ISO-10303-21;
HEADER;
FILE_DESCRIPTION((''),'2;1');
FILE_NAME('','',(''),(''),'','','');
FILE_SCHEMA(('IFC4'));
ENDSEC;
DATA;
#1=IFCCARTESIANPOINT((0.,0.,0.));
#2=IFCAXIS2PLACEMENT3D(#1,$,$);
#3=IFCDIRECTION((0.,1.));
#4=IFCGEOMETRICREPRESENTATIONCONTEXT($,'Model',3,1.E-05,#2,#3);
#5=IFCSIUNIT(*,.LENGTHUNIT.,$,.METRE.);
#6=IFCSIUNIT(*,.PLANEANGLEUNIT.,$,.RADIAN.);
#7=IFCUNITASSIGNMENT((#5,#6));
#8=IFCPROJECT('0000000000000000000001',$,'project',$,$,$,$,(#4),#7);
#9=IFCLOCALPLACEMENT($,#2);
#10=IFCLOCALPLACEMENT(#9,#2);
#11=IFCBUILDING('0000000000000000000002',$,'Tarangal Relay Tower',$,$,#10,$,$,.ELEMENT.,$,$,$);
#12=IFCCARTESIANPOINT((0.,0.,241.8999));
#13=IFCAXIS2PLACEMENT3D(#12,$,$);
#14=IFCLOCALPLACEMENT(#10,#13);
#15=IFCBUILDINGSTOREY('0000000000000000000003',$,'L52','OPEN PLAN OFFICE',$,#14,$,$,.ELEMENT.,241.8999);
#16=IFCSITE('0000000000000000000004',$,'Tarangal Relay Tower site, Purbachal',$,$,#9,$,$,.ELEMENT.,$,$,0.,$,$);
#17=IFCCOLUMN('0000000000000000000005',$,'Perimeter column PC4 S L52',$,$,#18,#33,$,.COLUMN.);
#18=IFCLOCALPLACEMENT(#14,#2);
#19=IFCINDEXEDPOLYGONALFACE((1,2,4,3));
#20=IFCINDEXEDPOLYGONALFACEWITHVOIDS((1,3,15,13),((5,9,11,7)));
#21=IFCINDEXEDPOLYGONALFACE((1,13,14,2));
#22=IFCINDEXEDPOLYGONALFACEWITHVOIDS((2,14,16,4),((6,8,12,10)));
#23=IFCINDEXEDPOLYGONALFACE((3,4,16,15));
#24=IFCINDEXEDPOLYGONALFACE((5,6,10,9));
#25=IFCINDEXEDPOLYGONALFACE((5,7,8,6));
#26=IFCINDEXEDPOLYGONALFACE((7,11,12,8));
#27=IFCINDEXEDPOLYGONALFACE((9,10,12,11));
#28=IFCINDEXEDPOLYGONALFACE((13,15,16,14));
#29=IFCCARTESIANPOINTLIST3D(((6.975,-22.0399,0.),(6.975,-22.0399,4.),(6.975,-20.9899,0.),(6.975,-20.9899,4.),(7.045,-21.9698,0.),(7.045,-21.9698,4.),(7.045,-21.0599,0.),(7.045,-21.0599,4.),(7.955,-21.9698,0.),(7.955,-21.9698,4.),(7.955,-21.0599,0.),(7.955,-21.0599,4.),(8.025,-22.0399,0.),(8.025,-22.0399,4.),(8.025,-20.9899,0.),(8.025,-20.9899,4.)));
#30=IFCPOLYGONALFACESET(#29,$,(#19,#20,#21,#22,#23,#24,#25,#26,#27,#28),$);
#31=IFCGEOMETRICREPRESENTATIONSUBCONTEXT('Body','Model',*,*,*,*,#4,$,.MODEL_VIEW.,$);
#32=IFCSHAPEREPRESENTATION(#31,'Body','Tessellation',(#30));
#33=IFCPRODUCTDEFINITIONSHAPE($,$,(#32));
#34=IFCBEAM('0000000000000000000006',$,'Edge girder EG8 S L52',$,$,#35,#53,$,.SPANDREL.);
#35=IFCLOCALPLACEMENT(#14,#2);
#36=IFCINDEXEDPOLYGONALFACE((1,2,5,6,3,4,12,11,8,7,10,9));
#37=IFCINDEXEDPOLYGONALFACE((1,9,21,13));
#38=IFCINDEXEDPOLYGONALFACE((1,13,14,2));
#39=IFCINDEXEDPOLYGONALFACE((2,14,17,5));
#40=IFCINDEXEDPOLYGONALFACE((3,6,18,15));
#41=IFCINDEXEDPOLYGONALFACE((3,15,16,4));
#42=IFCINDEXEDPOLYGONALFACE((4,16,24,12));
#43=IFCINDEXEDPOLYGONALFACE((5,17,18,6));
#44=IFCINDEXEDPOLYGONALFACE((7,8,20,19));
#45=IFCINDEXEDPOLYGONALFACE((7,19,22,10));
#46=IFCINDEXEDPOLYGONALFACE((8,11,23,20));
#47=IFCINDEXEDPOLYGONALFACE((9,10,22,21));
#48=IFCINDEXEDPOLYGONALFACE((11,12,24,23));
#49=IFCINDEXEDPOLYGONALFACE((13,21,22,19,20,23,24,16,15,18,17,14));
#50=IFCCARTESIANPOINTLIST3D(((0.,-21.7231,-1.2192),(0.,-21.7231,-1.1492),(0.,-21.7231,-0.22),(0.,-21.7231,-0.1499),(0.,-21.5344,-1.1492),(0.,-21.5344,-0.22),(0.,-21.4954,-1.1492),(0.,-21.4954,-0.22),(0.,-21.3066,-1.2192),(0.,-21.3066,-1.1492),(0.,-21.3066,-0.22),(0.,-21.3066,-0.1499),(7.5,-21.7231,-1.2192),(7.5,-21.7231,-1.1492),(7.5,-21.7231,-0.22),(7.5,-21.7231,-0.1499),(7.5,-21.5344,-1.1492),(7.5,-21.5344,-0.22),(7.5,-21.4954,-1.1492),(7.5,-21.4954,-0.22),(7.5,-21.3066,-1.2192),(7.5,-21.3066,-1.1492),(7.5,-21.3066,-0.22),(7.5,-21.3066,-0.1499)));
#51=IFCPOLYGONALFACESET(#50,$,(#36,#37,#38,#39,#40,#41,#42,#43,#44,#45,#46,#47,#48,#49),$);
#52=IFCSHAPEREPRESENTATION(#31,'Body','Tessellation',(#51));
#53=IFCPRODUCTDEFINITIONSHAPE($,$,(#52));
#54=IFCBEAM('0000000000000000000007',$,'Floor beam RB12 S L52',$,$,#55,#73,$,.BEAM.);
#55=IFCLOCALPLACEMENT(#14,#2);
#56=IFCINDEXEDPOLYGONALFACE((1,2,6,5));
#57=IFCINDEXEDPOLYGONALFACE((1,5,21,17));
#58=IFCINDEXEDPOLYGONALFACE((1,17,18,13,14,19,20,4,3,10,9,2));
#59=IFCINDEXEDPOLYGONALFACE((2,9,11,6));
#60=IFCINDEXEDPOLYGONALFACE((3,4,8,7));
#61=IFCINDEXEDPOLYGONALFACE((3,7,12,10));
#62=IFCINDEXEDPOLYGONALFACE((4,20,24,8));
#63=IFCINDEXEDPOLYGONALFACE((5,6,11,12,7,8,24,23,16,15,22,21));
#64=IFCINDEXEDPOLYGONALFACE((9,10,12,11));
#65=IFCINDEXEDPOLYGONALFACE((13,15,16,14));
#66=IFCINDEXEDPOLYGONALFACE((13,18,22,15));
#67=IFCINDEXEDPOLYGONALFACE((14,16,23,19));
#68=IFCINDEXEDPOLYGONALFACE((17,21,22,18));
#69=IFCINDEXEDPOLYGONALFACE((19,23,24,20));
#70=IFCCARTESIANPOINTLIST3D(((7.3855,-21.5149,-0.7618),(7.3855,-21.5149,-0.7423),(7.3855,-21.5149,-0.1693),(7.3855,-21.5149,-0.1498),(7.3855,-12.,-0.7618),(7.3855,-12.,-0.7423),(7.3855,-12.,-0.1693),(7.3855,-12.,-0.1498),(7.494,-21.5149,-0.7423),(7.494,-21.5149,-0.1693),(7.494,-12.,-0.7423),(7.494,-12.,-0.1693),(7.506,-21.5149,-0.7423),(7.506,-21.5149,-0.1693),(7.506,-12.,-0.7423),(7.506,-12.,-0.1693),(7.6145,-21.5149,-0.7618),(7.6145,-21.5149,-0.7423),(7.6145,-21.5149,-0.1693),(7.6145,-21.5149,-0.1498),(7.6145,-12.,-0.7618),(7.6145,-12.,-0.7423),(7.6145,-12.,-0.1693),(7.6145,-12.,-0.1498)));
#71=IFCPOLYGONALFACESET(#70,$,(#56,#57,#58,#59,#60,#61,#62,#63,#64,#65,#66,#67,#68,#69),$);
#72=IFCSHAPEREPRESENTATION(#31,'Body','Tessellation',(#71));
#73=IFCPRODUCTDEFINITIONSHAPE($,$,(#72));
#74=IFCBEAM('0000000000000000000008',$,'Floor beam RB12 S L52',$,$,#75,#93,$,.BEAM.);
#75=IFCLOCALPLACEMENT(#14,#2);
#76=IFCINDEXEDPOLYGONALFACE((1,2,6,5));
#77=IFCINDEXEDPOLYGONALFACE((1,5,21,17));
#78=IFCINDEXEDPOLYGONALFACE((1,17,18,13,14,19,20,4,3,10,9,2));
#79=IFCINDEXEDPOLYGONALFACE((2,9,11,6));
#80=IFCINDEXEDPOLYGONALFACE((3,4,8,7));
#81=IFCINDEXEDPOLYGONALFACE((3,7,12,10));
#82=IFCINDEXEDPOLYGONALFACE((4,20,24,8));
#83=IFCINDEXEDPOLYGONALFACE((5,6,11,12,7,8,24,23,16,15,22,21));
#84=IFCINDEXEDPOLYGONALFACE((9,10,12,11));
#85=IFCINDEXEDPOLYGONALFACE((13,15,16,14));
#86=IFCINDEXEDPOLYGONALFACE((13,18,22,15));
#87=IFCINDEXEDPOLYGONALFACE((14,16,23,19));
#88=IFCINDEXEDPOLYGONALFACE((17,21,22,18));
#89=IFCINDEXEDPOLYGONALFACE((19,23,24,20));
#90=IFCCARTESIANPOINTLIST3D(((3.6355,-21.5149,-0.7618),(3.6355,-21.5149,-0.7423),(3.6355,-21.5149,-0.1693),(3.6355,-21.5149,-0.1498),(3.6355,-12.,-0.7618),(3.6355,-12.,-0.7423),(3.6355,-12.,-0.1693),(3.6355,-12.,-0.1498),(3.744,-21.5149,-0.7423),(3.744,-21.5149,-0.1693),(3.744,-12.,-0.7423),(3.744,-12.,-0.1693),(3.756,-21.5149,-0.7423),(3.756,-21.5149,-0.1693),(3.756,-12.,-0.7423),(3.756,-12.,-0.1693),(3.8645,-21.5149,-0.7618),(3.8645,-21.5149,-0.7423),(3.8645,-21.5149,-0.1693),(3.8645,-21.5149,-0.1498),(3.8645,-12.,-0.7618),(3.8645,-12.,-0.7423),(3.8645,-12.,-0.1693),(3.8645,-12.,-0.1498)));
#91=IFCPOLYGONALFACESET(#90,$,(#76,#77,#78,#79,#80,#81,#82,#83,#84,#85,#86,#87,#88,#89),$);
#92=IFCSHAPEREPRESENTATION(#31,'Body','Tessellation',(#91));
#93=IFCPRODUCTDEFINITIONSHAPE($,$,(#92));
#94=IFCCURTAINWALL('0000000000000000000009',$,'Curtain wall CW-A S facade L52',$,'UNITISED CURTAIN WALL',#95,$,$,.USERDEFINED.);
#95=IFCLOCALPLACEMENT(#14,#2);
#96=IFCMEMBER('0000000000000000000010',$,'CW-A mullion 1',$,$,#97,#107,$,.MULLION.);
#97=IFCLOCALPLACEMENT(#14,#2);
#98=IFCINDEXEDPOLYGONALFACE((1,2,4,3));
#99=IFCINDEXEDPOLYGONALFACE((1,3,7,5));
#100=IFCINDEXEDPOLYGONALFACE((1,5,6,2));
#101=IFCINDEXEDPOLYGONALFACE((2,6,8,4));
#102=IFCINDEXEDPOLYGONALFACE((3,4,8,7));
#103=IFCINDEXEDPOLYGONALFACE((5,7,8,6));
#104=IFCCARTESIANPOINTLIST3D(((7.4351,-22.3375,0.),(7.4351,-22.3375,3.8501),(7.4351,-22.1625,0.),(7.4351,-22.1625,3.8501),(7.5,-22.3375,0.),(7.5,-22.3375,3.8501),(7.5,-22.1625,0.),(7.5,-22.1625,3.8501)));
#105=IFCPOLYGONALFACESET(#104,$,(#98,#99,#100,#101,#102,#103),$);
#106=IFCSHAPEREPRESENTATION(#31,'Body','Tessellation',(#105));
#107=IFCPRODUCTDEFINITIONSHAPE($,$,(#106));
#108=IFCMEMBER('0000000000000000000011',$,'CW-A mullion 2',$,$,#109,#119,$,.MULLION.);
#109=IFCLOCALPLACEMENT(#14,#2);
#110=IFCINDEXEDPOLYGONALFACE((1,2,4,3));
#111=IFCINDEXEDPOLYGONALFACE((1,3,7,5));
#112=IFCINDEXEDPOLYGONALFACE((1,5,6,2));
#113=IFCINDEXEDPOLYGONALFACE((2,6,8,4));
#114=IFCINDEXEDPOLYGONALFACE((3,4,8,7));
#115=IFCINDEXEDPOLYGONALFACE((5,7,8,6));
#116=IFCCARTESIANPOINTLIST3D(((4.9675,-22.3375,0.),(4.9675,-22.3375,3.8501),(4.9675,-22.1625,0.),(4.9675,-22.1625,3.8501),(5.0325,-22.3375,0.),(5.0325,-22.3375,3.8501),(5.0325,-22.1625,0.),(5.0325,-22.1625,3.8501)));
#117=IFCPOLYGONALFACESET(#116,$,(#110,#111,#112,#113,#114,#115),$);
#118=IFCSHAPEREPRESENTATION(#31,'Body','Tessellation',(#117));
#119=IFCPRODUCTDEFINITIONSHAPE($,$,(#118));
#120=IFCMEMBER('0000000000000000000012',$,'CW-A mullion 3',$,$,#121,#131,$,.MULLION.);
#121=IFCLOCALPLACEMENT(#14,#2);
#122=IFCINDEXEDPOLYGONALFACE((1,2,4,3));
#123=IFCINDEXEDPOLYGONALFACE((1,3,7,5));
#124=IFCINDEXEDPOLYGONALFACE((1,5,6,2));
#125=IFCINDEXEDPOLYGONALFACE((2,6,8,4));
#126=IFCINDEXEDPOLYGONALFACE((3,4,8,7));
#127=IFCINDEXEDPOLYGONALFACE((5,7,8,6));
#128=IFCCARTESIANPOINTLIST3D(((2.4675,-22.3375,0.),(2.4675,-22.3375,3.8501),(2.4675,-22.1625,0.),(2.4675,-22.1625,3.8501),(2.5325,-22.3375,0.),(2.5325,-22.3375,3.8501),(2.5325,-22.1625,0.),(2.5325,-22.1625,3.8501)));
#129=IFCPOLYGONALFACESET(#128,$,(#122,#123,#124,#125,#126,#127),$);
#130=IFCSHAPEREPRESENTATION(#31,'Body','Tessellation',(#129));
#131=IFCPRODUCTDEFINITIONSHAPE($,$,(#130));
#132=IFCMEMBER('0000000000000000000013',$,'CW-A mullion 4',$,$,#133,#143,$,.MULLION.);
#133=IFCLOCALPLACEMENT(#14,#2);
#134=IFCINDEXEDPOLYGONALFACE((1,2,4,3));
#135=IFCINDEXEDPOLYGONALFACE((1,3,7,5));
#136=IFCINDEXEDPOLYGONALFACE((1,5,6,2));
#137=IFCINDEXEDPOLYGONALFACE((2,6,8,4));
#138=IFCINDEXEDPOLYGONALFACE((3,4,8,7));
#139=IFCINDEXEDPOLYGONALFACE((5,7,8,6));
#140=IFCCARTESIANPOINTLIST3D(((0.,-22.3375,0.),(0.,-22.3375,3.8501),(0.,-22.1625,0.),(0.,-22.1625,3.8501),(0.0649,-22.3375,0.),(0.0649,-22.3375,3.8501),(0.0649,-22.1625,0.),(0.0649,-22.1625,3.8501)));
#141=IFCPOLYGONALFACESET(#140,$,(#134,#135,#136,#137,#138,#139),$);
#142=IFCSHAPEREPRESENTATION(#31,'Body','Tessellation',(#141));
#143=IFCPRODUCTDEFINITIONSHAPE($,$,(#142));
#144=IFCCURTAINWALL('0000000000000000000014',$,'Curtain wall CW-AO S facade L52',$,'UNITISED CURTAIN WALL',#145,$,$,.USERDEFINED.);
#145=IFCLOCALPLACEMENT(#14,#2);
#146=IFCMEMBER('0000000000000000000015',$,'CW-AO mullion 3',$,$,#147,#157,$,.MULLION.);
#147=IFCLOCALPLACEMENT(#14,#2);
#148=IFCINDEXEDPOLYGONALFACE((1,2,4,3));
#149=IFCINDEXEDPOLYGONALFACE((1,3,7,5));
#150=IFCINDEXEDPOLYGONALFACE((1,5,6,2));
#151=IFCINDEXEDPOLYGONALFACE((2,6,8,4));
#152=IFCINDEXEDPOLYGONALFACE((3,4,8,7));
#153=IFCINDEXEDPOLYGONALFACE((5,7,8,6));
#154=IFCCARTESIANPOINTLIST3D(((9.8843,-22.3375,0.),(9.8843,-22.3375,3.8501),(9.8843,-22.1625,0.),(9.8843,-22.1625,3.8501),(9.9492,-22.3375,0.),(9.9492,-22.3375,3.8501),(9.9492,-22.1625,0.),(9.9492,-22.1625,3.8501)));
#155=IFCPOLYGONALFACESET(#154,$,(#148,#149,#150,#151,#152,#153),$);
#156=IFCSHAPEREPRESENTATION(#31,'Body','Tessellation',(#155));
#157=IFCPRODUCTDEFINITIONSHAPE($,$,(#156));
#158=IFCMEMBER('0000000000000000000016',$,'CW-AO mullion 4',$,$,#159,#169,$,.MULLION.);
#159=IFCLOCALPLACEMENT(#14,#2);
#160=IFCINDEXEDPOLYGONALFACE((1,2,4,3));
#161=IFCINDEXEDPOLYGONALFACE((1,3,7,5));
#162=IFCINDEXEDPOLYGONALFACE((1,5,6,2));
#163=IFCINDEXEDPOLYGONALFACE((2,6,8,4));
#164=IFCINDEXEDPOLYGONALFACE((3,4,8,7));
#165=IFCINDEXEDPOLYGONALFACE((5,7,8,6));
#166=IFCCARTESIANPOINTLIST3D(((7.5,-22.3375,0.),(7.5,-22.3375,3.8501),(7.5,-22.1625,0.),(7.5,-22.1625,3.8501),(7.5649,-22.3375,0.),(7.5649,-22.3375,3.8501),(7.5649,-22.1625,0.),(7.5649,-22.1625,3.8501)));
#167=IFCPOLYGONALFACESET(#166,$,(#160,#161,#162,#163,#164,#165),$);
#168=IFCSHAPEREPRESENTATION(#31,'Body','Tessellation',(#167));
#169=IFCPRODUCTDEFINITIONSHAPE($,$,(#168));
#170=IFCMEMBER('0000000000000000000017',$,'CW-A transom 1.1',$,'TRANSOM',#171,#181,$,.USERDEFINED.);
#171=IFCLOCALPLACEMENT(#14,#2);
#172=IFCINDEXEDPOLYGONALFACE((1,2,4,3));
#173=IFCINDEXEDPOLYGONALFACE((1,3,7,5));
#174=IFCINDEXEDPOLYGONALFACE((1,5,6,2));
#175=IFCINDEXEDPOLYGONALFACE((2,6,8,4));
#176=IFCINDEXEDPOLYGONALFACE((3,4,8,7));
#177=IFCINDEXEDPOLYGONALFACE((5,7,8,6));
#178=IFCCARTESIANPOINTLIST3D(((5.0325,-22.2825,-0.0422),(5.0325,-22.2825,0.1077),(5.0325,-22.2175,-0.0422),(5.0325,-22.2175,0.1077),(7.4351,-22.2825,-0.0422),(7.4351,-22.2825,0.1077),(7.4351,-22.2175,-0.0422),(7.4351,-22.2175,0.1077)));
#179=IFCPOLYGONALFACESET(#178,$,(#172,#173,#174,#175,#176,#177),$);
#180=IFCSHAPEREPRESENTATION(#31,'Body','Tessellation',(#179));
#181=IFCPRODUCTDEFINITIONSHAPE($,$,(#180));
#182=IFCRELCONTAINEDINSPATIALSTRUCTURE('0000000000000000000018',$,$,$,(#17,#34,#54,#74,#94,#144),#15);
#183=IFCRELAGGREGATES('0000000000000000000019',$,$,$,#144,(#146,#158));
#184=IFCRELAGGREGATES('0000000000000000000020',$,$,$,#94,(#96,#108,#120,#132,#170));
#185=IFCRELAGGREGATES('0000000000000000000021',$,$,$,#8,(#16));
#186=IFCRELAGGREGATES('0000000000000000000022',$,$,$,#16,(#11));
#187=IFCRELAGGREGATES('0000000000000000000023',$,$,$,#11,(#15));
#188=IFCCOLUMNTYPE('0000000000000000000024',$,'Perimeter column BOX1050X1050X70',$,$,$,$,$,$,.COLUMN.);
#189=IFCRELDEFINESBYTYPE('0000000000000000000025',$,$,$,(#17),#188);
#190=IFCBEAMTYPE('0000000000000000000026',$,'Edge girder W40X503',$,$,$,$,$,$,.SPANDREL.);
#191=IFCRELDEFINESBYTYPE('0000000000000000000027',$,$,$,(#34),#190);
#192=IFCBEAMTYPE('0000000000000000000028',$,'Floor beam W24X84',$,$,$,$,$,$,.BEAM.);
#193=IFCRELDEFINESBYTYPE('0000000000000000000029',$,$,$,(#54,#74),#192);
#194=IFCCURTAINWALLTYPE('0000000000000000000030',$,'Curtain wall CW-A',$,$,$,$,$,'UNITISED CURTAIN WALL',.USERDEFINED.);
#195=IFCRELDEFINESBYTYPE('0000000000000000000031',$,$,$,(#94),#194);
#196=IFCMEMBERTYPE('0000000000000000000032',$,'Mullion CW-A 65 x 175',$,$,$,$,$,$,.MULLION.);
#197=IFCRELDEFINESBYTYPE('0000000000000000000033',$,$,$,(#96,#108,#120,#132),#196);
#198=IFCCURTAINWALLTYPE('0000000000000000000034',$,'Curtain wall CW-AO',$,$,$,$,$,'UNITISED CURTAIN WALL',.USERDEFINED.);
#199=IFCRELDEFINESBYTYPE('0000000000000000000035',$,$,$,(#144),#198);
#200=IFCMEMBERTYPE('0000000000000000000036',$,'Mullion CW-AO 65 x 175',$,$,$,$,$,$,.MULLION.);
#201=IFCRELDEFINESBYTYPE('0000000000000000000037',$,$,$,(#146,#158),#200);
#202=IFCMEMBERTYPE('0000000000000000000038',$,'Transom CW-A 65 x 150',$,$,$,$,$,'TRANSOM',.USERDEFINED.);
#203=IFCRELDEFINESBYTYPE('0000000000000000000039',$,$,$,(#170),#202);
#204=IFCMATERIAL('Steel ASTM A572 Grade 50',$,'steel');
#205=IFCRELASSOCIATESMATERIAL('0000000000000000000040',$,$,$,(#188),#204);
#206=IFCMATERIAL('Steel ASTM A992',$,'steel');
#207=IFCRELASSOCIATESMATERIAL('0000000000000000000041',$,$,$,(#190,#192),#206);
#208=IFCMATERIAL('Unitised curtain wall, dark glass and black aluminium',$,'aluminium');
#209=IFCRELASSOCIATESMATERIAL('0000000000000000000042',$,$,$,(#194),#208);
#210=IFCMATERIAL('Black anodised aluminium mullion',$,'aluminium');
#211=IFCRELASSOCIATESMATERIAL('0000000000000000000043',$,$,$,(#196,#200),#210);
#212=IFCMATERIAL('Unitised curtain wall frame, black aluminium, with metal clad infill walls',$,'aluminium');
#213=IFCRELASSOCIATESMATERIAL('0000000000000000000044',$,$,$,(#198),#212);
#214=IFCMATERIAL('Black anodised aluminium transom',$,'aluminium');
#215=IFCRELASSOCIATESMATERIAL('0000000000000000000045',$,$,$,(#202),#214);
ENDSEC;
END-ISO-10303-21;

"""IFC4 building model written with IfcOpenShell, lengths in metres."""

from ifc_helpers import new_model, si_unit, direction, frame, origin, origin_2d, place, context, subcontext, project, spatial, rectangle, hollow_rectangle, i_section, extrude, material, material_profile, profile_set, type_object, element, aggregate, save


model = new_model("IFC4")

# Units and contexts
model_context = context("Model", 3, precision=1e-05, world=origin(), true_north=direction((0.0, 1.0)))
body_context = subcontext(model_context, "Body", "Model", "MODEL_VIEW")
ifc_project = project(units=[si_unit("LENGTHUNIT", "METRE"), si_unit("PLANEANGLEUNIT", "RADIAN")], contexts=[model_context])

# Site, building, storey
site_placement = place(None, origin())
site = spatial("IfcSite", under=ifc_project, at=site_placement, Name="Tarangal Relay Tower site, Purbachal", CompositionType="ELEMENT", RefElevation=0.0)
building_placement = place(site_placement, origin())
building = spatial("IfcBuilding", under=site, at=building_placement, Name="Tarangal Relay Tower", CompositionType="ELEMENT")
storey_placement = place(building_placement, frame((0.0, 0.0, 241.8999)))
storey = spatial("IfcBuildingStorey", under=building, at=storey_placement, Name="L52", Description="OPEN PLAN OFFICE", CompositionType="ELEMENT", Elevation=241.8999)

# Column
ifc_material_1 = material(Name="Steel ASTM A572 Grade 50", Category="steel")
ifc_material_profile_1 = material_profile(ifc_material_1, hollow_rectangle(XDim=1.05, YDim=1.05, WallThickness=0.0701, at=origin_2d()), Name="BOX1050X1050X70")
ifc_profile_set_1 = profile_set([ifc_material_profile_1], Name="Steel ASTM A572 Grade 50")
column_type = type_object("IfcColumnType", Name="Perimeter column BOX1050X1050X70", PredefinedType="COLUMN", material=ifc_profile_set_1)
column_placement = place(storey_placement, frame((7.5, -21.5149, 0.0), z_axis=(0.0, 0.0, 1.0), x_axis=(1.0, 0.0, 0.0)))
element("IfcColumn", 1, at=column_placement, inside=storey, type_object=column_type, Name="Perimeter column PC4 S L52", PredefinedType="COLUMN", context=body_context, shape_type="SweptSolid", body=[
    extrude(hollow_rectangle(XDim=1.05, YDim=1.05, WallThickness=0.0701, at=origin_2d()), origin(), (0.0, 0.0, 1.0), 4.0),
])

# Beams
ifc_material_2 = material(Name="Steel ASTM A992", Category="steel")
ifc_material_profile_2 = material_profile(ifc_material_2, i_section(OverallWidth=0.4165, OverallDepth=1.0693, WebThickness=0.0391, FlangeThickness=0.0701, at=origin_2d()), Name="W40X503")
ifc_profile_set_2 = profile_set([ifc_material_profile_2], Name="Steel ASTM A992")
beam_type_1 = type_object("IfcBeamType", Name="Edge girder W40X503", PredefinedType="SPANDREL", material=ifc_profile_set_2)
beam_placement = place(storey_placement, frame((7.5, -21.5149, -0.6846), z_axis=(-1.0, 0.0, 0.0), x_axis=(0.0, -1.0, 0.0)))
element("IfcBeam", 2, at=beam_placement, inside=storey, type_object=beam_type_1, Name="Edge girder EG8 S L52", PredefinedType="SPANDREL", context=body_context, shape_type="SweptSolid", body=[
    extrude(i_section(OverallWidth=0.4165, OverallDepth=1.0693, WebThickness=0.0391, FlangeThickness=0.0701, at=origin_2d()), origin(), (0.0, 0.0, 1.0), 7.5),
])
ifc_material_profile_3 = material_profile(ifc_material_2, i_section(OverallWidth=0.229, OverallDepth=0.6121, WebThickness=0.012, FlangeThickness=0.0195, at=origin_2d()), Name="W24X84")
ifc_profile_set_3 = profile_set([ifc_material_profile_3], Name="Steel ASTM A992")
beam_type_2 = type_object("IfcBeamType", Name="Floor beam W24X84", PredefinedType="BEAM", material=ifc_profile_set_3)
for number, where, z_axis, x_axis, name in (
    (3, (7.5, -12.0, -0.4558), (0.0, -1.0, 0.0), (1.0, 0.0, 0.0), "Floor beam RB12 S L52"),
    (4, (3.75, -12.0, -0.4558), (0.0, -1.0, 0.0), (1.0, 0.0, 0.0), "Floor beam RB12 S L52"),
):
    element("IfcBeam", number, at=place(storey_placement, frame(where, z_axis=z_axis, x_axis=x_axis)), inside=storey, type_object=beam_type_2, Name=name, PredefinedType="BEAM", context=body_context, shape_type="SweptSolid", body=[
        extrude(i_section(OverallWidth=0.229, OverallDepth=0.6121, WebThickness=0.012, FlangeThickness=0.0195, at=origin_2d()), origin(), (0.0, 0.0, 1.0), 9.5149),
    ])

# Curtain walls, members
ifc_material_3 = material(Name="Unitised curtain wall, dark glass and black aluminium", Category="aluminium")
curtain_wall_type_1 = type_object("IfcCurtainWallType", Name="Curtain wall CW-A", ElementType="UNITISED CURTAIN WALL", PredefinedType="USERDEFINED", material=ifc_material_3)
curtain_wall_1_placement = place(storey_placement, origin())
curtain_wall_1 = element("IfcCurtainWall", 5, at=curtain_wall_1_placement, inside=storey, type_object=curtain_wall_type_1, Name="Curtain wall CW-A S facade L52", ObjectType="UNITISED CURTAIN WALL", PredefinedType="USERDEFINED")
ifc_material_4 = material(Name="Black anodised aluminium mullion", Category="aluminium")
ifc_material_profile_4 = material_profile(ifc_material_4, rectangle(XDim=0.175, YDim=0.0649, at=origin_2d()), Name="CW-AM 65X175")
ifc_profile_set_4 = profile_set([ifc_material_profile_4], Name="Black anodised aluminium mullion")
member_type_1 = type_object("IfcMemberType", Name="Mullion CW-A 65 x 175", PredefinedType="MULLION", material=ifc_profile_set_4)
member_1_placement = place(storey_placement, frame((7.4675, -22.25, 0.0), z_axis=(0.0, 0.0, 1.0), x_axis=(0.0, -1.0, 0.0)))
member_1 = element("IfcMember", 6, at=member_1_placement, type_object=member_type_1, Name="CW-A mullion 1", PredefinedType="MULLION", context=body_context, shape_type="SweptSolid", body=[
    extrude(rectangle(XDim=0.175, YDim=0.0649, at=origin_2d()), origin(), (0.0, 0.0, 1.0), 3.8501),
])
member_2_placement = place(storey_placement, frame((5.0, -22.25, 0.0), z_axis=(0.0, 0.0, 1.0), x_axis=(0.0, -1.0, 0.0)))
member_2 = element("IfcMember", 7, at=member_2_placement, type_object=member_type_1, Name="CW-A mullion 2", PredefinedType="MULLION", context=body_context, shape_type="SweptSolid", body=[
    extrude(rectangle(XDim=0.175, YDim=0.0649, at=origin_2d()), origin(), (0.0, 0.0, 1.0), 3.8501),
])
member_3_placement = place(storey_placement, frame((2.5, -22.25, 0.0), z_axis=(0.0, 0.0, 1.0), x_axis=(0.0, -1.0, 0.0)))
member_3 = element("IfcMember", 8, at=member_3_placement, type_object=member_type_1, Name="CW-A mullion 3", PredefinedType="MULLION", context=body_context, shape_type="SweptSolid", body=[
    extrude(rectangle(XDim=0.175, YDim=0.0649, at=origin_2d()), origin(), (0.0, 0.0, 1.0), 3.8501),
])
member_4_placement = place(storey_placement, frame((0.0325, -22.25, 0.0), z_axis=(0.0, 0.0, 1.0), x_axis=(0.0, -1.0, 0.0)))
member_4 = element("IfcMember", 9, at=member_4_placement, type_object=member_type_1, Name="CW-A mullion 4", PredefinedType="MULLION", context=body_context, shape_type="SweptSolid", body=[
    extrude(rectangle(XDim=0.175, YDim=0.0649, at=origin_2d()), origin(), (0.0, 0.0, 1.0), 3.8501),
])
ifc_material_5 = material(Name="Unitised curtain wall frame, black aluminium, with metal clad infill walls", Category="aluminium")
curtain_wall_type_2 = type_object("IfcCurtainWallType", Name="Curtain wall CW-AO", ElementType="UNITISED CURTAIN WALL", PredefinedType="USERDEFINED", material=ifc_material_5)
curtain_wall_2_placement = place(storey_placement, origin())
curtain_wall_2 = element("IfcCurtainWall", 10, at=curtain_wall_2_placement, inside=storey, type_object=curtain_wall_type_2, Name="Curtain wall CW-AO S facade L52", ObjectType="UNITISED CURTAIN WALL", PredefinedType="USERDEFINED")
ifc_material_profile_5 = material_profile(ifc_material_4, rectangle(XDim=0.175, YDim=0.0649, at=origin_2d()), Name="CW-AOM 65X175")
ifc_profile_set_5 = profile_set([ifc_material_profile_5], Name="Black anodised aluminium mullion")
member_type_2 = type_object("IfcMemberType", Name="Mullion CW-AO 65 x 175", PredefinedType="MULLION", material=ifc_profile_set_5)
member_5_placement = place(storey_placement, frame((9.9167, -22.25, 0.0), z_axis=(0.0, 0.0, 1.0), x_axis=(0.0, -1.0, 0.0)))
member_5 = element("IfcMember", 11, at=member_5_placement, type_object=member_type_2, Name="CW-AO mullion 3", PredefinedType="MULLION", context=body_context, shape_type="SweptSolid", body=[
    extrude(rectangle(XDim=0.175, YDim=0.0649, at=origin_2d()), origin(), (0.0, 0.0, 1.0), 3.8501),
])
member_6_placement = place(storey_placement, frame((7.5325, -22.25, 0.0), z_axis=(0.0, 0.0, 1.0), x_axis=(0.0, -1.0, 0.0)))
member_6 = element("IfcMember", 12, at=member_6_placement, type_object=member_type_2, Name="CW-AO mullion 4", PredefinedType="MULLION", context=body_context, shape_type="SweptSolid", body=[
    extrude(rectangle(XDim=0.175, YDim=0.0649, at=origin_2d()), origin(), (0.0, 0.0, 1.0), 3.8501),
])

# Member
ifc_material_6 = material(Name="Black anodised aluminium transom", Category="aluminium")
ifc_material_profile_6 = material_profile(ifc_material_6, rectangle(XDim=0.0649, YDim=0.1499, at=origin_2d()), Name="CW-AT 65X150")
ifc_profile_set_6 = profile_set([ifc_material_profile_6], Name="Black anodised aluminium transom")
member_type_3 = type_object("IfcMemberType", Name="Transom CW-A 65 x 150", ElementType="TRANSOM", PredefinedType="USERDEFINED", material=ifc_profile_set_6)
member_7_placement = place(storey_placement, frame((7.4351, -22.25, 0.0327), z_axis=(-1.0, 0.0, 0.0), x_axis=(0.0, -1.0, 0.0)))
member_7 = element("IfcMember", 13, at=member_7_placement, type_object=member_type_3, Name="CW-A transom 1.1", ObjectType="TRANSOM", PredefinedType="USERDEFINED", context=body_context, shape_type="SweptSolid", body=[
    extrude(rectangle(XDim=0.0649, YDim=0.1499, at=origin_2d()), origin(), (0.0, 0.0, 1.0), 2.4026),
])
aggregate(curtain_wall_2, [member_5, member_6])

aggregate(curtain_wall_1, [member_1, member_2, member_3, member_4, member_7])

save(model, "model.ifc")
